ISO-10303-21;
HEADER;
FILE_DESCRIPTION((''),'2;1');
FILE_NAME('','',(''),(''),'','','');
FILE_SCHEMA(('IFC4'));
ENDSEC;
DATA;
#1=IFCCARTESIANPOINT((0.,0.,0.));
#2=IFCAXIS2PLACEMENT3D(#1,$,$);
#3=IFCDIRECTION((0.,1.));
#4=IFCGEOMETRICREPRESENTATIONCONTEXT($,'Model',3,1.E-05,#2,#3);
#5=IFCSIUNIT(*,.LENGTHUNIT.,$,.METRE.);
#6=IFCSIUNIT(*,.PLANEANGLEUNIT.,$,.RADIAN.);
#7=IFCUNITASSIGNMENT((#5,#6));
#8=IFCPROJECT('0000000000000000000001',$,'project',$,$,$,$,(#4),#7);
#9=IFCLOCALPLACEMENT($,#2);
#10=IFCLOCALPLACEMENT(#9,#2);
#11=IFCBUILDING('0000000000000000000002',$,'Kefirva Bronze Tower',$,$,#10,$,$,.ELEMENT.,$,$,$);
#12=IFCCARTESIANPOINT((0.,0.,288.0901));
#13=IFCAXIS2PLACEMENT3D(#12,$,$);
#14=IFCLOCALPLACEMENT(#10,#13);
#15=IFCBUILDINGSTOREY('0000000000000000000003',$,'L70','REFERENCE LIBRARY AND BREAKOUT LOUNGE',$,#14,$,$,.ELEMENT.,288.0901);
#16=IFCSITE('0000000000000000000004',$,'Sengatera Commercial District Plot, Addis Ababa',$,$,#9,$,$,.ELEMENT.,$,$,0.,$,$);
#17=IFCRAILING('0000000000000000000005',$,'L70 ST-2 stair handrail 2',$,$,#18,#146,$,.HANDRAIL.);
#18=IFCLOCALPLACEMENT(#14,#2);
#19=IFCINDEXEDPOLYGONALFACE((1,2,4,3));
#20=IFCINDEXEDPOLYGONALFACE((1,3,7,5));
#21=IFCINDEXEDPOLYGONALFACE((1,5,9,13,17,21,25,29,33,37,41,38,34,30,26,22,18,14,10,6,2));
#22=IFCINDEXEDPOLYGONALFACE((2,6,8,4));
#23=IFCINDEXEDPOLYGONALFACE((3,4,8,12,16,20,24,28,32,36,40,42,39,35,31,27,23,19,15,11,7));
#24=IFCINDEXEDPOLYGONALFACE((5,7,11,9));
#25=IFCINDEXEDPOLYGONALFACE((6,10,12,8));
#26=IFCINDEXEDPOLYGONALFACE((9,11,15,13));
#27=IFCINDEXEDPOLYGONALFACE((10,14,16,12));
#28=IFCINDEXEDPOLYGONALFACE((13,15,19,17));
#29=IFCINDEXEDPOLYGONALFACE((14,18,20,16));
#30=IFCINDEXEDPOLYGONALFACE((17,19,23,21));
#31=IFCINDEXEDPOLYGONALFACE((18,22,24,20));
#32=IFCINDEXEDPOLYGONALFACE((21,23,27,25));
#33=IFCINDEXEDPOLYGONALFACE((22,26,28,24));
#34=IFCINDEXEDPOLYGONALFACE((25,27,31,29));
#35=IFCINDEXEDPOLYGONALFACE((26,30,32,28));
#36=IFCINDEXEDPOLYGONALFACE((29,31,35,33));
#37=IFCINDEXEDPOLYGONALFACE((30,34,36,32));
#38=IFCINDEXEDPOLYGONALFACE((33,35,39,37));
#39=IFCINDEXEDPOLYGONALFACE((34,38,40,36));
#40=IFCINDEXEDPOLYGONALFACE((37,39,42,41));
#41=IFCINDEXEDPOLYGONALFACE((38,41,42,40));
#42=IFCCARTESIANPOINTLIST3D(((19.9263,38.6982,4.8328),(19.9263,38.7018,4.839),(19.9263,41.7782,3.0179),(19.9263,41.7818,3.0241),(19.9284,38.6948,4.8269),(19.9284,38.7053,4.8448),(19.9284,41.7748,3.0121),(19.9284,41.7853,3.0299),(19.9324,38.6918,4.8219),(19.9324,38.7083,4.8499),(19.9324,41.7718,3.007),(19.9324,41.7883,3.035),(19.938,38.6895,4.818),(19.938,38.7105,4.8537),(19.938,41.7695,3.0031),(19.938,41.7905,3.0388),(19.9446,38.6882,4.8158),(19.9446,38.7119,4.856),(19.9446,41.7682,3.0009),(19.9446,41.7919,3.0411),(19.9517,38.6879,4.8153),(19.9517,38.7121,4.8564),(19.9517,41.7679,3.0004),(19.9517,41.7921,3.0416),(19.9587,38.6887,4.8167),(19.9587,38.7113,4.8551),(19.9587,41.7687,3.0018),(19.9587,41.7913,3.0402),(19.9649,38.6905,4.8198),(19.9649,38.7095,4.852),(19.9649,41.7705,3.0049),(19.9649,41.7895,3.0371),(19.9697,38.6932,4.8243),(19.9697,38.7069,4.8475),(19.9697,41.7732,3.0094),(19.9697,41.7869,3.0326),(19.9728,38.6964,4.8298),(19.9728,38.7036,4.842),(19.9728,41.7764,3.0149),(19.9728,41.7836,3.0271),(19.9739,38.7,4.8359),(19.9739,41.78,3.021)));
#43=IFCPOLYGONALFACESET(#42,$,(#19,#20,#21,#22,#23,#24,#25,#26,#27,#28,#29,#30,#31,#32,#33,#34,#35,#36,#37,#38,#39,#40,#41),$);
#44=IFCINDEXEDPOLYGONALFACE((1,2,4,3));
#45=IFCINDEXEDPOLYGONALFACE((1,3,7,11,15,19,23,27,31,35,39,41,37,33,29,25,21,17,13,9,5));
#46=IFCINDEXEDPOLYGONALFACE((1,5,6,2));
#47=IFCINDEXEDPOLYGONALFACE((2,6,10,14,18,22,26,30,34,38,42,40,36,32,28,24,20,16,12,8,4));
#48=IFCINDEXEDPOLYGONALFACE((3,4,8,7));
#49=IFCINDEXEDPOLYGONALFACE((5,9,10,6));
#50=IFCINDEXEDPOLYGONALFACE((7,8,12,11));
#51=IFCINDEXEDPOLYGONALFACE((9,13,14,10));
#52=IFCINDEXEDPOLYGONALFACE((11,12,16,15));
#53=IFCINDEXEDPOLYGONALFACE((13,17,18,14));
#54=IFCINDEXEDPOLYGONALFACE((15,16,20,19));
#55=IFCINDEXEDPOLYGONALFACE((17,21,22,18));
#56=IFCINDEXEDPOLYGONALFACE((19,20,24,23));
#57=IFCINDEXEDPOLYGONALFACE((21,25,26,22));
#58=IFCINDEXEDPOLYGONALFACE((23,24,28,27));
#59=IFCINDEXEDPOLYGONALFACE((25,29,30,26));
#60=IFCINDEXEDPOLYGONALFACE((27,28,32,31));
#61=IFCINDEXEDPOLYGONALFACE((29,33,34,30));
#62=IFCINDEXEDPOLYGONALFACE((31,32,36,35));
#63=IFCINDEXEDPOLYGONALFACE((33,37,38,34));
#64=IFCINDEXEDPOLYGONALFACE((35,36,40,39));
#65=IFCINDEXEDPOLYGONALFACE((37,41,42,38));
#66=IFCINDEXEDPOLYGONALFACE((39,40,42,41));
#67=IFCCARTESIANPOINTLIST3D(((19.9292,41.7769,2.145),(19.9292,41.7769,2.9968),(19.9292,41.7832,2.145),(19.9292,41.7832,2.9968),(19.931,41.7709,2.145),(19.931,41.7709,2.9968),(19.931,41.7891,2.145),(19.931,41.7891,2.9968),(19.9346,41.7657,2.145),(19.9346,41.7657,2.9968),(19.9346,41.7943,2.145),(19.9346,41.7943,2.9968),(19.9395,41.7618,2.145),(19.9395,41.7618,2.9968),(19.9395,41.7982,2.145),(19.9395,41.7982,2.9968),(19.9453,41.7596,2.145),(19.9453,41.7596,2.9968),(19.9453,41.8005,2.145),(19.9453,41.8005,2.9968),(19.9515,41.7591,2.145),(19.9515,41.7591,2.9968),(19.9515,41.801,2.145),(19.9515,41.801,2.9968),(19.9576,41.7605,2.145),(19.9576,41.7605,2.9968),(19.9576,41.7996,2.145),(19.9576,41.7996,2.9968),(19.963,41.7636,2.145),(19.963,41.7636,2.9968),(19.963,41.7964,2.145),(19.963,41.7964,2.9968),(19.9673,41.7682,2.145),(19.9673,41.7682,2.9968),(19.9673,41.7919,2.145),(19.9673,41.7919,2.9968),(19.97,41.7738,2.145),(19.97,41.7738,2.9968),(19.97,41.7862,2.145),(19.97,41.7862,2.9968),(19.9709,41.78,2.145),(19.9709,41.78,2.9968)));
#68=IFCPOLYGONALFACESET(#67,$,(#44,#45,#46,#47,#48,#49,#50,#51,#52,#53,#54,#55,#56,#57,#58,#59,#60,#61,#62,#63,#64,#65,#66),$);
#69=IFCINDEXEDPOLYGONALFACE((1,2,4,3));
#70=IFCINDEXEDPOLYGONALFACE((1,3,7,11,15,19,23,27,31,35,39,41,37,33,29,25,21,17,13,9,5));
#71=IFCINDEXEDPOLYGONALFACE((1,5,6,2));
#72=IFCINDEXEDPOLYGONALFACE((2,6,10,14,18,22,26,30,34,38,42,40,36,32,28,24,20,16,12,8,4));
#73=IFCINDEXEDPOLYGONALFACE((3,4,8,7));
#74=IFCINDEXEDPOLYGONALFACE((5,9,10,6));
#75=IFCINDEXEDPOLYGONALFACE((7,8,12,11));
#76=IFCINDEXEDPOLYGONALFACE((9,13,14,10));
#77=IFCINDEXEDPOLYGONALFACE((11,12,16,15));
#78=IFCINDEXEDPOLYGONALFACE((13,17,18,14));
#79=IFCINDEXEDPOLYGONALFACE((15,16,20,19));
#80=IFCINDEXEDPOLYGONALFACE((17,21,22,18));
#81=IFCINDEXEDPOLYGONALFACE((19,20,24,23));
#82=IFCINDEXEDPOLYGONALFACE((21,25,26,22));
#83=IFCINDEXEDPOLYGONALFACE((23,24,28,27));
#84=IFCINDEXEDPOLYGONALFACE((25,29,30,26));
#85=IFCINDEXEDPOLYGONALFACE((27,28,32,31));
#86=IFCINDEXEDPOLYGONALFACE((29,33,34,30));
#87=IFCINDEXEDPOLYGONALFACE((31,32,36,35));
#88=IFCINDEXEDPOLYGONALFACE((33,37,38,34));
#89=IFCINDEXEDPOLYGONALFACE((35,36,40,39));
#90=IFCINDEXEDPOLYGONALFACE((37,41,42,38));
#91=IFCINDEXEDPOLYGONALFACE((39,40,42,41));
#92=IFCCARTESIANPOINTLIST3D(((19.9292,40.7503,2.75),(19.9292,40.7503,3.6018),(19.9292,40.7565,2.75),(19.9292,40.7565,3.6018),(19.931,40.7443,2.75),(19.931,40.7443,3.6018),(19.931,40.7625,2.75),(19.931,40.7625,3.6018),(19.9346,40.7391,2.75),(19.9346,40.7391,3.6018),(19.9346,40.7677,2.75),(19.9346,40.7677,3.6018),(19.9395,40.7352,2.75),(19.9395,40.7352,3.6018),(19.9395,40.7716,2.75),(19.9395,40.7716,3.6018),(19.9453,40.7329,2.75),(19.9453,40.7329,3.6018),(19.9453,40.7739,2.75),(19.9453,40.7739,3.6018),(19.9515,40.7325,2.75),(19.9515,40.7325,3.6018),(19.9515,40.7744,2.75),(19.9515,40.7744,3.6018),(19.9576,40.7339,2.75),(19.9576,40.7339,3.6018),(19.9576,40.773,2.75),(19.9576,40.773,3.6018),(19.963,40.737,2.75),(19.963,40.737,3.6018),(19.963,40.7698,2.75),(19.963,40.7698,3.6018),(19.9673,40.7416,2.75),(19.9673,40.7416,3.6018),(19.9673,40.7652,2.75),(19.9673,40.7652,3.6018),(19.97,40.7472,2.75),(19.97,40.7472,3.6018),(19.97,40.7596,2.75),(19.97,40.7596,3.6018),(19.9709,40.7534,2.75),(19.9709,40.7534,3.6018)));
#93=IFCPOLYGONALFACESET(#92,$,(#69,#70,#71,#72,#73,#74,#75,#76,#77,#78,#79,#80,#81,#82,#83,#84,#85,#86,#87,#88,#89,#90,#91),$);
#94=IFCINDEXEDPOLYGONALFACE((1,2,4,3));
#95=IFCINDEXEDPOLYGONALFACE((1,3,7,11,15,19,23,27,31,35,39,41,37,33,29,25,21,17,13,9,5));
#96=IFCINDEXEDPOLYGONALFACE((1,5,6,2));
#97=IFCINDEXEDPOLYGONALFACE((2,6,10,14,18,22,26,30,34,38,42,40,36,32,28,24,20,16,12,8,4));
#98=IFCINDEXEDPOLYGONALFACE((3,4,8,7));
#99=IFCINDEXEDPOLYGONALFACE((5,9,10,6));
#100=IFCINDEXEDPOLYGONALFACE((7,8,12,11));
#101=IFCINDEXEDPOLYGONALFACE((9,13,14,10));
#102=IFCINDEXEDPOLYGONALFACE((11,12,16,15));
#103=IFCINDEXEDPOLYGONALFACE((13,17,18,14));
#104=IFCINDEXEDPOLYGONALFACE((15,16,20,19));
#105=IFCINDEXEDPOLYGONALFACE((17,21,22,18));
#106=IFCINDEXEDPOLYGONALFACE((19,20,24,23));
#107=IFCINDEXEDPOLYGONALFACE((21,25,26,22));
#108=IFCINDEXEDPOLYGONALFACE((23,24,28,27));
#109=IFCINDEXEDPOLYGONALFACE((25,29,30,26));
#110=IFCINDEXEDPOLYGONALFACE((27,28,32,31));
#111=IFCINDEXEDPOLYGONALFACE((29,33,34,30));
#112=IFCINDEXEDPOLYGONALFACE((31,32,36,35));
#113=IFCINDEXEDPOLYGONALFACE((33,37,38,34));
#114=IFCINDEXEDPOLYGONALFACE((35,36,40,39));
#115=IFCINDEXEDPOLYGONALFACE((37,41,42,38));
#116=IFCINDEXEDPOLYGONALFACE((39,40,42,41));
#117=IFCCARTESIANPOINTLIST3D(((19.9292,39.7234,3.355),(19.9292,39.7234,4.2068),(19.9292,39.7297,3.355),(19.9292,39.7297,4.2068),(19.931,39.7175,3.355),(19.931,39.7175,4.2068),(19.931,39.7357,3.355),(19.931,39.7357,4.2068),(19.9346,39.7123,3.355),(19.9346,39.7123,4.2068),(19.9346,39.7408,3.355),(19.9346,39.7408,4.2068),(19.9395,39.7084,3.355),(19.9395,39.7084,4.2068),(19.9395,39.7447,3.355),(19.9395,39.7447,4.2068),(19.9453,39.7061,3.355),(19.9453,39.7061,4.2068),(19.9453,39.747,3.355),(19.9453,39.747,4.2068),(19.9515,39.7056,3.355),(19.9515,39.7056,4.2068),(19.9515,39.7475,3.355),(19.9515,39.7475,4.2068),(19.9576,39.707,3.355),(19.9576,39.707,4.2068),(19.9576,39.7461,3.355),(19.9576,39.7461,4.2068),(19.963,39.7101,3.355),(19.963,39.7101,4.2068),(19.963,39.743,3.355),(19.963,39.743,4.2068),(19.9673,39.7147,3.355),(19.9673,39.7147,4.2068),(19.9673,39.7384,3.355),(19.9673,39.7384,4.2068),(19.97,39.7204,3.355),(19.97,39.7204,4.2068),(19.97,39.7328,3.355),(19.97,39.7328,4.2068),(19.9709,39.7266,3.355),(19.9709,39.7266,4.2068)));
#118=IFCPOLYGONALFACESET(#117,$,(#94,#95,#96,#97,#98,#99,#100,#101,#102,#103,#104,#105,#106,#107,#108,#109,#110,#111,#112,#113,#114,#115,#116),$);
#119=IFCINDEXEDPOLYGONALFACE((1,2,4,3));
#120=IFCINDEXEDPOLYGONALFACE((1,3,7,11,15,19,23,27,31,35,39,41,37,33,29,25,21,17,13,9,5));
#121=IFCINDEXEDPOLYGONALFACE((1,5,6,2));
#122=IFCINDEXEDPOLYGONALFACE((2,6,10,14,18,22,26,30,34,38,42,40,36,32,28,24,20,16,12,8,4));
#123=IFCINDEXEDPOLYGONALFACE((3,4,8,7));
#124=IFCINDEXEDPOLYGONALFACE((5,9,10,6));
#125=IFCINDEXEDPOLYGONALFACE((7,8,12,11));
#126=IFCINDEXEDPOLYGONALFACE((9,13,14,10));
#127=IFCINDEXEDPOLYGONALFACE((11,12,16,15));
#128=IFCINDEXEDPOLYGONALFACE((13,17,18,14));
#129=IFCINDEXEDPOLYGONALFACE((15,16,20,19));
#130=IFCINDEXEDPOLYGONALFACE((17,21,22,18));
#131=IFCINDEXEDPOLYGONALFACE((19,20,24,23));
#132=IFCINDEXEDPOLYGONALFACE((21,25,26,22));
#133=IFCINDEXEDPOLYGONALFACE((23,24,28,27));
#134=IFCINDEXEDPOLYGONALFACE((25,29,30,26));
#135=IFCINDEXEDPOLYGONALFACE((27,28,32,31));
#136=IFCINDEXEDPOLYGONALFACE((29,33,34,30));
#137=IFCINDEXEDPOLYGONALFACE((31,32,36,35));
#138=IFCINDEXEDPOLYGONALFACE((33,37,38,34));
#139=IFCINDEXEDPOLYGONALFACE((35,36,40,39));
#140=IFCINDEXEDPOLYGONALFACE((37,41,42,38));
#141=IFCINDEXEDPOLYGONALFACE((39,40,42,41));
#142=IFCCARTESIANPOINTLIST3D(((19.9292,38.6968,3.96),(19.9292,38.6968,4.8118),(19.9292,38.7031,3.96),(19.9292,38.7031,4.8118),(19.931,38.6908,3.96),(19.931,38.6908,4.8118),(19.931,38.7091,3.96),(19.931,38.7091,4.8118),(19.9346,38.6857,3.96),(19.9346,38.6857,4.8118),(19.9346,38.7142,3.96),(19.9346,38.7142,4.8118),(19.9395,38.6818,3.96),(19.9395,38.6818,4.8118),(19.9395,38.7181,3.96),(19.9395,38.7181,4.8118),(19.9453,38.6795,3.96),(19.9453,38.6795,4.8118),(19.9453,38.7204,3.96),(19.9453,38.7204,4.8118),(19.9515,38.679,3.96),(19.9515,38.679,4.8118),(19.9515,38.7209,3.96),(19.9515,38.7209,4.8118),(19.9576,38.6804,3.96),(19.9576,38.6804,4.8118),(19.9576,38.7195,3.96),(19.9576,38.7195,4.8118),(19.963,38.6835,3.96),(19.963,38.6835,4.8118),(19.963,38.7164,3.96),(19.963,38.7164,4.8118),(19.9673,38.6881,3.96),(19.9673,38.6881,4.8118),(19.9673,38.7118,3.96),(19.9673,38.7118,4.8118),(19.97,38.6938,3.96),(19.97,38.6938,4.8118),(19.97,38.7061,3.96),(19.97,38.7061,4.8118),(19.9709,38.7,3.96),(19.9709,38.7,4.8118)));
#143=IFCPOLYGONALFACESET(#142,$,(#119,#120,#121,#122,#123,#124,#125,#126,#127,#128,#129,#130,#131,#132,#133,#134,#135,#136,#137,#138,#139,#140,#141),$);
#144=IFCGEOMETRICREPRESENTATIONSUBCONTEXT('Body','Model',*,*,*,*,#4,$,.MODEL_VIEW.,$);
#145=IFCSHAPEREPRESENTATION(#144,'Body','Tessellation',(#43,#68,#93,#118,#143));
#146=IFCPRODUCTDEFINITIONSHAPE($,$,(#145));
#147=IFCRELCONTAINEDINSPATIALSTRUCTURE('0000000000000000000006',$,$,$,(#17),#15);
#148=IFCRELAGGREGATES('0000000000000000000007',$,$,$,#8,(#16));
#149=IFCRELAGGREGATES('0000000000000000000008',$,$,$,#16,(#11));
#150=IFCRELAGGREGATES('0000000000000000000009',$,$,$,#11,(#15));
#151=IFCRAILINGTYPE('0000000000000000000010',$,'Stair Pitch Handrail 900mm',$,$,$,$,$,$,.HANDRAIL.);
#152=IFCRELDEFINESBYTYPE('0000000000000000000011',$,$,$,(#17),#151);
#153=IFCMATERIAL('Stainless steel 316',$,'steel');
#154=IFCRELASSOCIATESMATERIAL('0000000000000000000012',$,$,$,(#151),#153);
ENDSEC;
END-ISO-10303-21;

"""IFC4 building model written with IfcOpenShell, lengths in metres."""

from ifc_helpers import new_model, si_unit, direction, frame, origin, origin_2d, place, context, subcontext, project, spatial, circle, extrude, material, type_object, element, save


model = new_model("IFC4")

# Units and contexts
model_context = context("Model", 3, precision=1e-05, world=origin(), true_north=direction((0.0, 1.0)))
body_context = subcontext(model_context, "Body", "Model", "MODEL_VIEW")
ifc_project = project(units=[si_unit("LENGTHUNIT", "METRE"), si_unit("PLANEANGLEUNIT", "RADIAN")], contexts=[model_context])

# Site, building, storey
site_placement = place(None, origin())
site = spatial("IfcSite", under=ifc_project, at=site_placement, Name="Sengatera Commercial District Plot, Addis Ababa", CompositionType="ELEMENT", RefElevation=0.0)
building_placement = place(site_placement, origin())
building = spatial("IfcBuilding", under=site, at=building_placement, Name="Kefirva Bronze Tower", CompositionType="ELEMENT")
storey_placement = place(building_placement, frame((0.0, 0.0, 288.0901)))
storey = spatial("IfcBuildingStorey", under=building, at=storey_placement, Name="L70", Description="REFERENCE LIBRARY AND BREAKOUT LOUNGE", CompositionType="ELEMENT", Elevation=288.0901)

# Shared definitions
ifc_material_1 = material(Name="Stainless steel 316", Category="steel")

# Railing
railing_type = type_object("IfcRailingType", Name="Stair Pitch Handrail 900mm", PredefinedType="HANDRAIL", material=ifc_material_1)
railing_placement = place(storey_placement, frame((19.95, 41.78, 2.145)))
element("IfcRailing", 1, at=railing_placement, inside=storey, type_object=railing_type, Name="L70 ST-2 stair handrail 2", PredefinedType="HANDRAIL", context=body_context, shape_type="SweptSolid", body=[
    extrude(circle(Radius=0.0239, at=origin_2d()), frame((0.0, 0.0, 0.876), z_axis=(0.0, -0.861551, 0.507671), x_axis=(1.0, 0.0, 0.0)), (0.0, 0.0, 1.0), 3.575),
    extrude(circle(Radius=0.021, at=origin_2d()), origin(), (0.0, 0.0, 1.0), 0.8518),
    extrude(circle(Radius=0.021, at=origin_2d()), frame((0.0, -1.0266, 0.605)), (0.0, 0.0, 1.0), 0.8518),
    extrude(circle(Radius=0.021, at=origin_2d()), frame((0.0, -2.0535, 1.21)), (0.0, 0.0, 1.0), 0.8518),
    extrude(circle(Radius=0.021, at=origin_2d()), frame((0.0, -3.0801, 1.8149)), (0.0, 0.0, 1.0), 0.8518),
])

save(model, "model.ifc")
